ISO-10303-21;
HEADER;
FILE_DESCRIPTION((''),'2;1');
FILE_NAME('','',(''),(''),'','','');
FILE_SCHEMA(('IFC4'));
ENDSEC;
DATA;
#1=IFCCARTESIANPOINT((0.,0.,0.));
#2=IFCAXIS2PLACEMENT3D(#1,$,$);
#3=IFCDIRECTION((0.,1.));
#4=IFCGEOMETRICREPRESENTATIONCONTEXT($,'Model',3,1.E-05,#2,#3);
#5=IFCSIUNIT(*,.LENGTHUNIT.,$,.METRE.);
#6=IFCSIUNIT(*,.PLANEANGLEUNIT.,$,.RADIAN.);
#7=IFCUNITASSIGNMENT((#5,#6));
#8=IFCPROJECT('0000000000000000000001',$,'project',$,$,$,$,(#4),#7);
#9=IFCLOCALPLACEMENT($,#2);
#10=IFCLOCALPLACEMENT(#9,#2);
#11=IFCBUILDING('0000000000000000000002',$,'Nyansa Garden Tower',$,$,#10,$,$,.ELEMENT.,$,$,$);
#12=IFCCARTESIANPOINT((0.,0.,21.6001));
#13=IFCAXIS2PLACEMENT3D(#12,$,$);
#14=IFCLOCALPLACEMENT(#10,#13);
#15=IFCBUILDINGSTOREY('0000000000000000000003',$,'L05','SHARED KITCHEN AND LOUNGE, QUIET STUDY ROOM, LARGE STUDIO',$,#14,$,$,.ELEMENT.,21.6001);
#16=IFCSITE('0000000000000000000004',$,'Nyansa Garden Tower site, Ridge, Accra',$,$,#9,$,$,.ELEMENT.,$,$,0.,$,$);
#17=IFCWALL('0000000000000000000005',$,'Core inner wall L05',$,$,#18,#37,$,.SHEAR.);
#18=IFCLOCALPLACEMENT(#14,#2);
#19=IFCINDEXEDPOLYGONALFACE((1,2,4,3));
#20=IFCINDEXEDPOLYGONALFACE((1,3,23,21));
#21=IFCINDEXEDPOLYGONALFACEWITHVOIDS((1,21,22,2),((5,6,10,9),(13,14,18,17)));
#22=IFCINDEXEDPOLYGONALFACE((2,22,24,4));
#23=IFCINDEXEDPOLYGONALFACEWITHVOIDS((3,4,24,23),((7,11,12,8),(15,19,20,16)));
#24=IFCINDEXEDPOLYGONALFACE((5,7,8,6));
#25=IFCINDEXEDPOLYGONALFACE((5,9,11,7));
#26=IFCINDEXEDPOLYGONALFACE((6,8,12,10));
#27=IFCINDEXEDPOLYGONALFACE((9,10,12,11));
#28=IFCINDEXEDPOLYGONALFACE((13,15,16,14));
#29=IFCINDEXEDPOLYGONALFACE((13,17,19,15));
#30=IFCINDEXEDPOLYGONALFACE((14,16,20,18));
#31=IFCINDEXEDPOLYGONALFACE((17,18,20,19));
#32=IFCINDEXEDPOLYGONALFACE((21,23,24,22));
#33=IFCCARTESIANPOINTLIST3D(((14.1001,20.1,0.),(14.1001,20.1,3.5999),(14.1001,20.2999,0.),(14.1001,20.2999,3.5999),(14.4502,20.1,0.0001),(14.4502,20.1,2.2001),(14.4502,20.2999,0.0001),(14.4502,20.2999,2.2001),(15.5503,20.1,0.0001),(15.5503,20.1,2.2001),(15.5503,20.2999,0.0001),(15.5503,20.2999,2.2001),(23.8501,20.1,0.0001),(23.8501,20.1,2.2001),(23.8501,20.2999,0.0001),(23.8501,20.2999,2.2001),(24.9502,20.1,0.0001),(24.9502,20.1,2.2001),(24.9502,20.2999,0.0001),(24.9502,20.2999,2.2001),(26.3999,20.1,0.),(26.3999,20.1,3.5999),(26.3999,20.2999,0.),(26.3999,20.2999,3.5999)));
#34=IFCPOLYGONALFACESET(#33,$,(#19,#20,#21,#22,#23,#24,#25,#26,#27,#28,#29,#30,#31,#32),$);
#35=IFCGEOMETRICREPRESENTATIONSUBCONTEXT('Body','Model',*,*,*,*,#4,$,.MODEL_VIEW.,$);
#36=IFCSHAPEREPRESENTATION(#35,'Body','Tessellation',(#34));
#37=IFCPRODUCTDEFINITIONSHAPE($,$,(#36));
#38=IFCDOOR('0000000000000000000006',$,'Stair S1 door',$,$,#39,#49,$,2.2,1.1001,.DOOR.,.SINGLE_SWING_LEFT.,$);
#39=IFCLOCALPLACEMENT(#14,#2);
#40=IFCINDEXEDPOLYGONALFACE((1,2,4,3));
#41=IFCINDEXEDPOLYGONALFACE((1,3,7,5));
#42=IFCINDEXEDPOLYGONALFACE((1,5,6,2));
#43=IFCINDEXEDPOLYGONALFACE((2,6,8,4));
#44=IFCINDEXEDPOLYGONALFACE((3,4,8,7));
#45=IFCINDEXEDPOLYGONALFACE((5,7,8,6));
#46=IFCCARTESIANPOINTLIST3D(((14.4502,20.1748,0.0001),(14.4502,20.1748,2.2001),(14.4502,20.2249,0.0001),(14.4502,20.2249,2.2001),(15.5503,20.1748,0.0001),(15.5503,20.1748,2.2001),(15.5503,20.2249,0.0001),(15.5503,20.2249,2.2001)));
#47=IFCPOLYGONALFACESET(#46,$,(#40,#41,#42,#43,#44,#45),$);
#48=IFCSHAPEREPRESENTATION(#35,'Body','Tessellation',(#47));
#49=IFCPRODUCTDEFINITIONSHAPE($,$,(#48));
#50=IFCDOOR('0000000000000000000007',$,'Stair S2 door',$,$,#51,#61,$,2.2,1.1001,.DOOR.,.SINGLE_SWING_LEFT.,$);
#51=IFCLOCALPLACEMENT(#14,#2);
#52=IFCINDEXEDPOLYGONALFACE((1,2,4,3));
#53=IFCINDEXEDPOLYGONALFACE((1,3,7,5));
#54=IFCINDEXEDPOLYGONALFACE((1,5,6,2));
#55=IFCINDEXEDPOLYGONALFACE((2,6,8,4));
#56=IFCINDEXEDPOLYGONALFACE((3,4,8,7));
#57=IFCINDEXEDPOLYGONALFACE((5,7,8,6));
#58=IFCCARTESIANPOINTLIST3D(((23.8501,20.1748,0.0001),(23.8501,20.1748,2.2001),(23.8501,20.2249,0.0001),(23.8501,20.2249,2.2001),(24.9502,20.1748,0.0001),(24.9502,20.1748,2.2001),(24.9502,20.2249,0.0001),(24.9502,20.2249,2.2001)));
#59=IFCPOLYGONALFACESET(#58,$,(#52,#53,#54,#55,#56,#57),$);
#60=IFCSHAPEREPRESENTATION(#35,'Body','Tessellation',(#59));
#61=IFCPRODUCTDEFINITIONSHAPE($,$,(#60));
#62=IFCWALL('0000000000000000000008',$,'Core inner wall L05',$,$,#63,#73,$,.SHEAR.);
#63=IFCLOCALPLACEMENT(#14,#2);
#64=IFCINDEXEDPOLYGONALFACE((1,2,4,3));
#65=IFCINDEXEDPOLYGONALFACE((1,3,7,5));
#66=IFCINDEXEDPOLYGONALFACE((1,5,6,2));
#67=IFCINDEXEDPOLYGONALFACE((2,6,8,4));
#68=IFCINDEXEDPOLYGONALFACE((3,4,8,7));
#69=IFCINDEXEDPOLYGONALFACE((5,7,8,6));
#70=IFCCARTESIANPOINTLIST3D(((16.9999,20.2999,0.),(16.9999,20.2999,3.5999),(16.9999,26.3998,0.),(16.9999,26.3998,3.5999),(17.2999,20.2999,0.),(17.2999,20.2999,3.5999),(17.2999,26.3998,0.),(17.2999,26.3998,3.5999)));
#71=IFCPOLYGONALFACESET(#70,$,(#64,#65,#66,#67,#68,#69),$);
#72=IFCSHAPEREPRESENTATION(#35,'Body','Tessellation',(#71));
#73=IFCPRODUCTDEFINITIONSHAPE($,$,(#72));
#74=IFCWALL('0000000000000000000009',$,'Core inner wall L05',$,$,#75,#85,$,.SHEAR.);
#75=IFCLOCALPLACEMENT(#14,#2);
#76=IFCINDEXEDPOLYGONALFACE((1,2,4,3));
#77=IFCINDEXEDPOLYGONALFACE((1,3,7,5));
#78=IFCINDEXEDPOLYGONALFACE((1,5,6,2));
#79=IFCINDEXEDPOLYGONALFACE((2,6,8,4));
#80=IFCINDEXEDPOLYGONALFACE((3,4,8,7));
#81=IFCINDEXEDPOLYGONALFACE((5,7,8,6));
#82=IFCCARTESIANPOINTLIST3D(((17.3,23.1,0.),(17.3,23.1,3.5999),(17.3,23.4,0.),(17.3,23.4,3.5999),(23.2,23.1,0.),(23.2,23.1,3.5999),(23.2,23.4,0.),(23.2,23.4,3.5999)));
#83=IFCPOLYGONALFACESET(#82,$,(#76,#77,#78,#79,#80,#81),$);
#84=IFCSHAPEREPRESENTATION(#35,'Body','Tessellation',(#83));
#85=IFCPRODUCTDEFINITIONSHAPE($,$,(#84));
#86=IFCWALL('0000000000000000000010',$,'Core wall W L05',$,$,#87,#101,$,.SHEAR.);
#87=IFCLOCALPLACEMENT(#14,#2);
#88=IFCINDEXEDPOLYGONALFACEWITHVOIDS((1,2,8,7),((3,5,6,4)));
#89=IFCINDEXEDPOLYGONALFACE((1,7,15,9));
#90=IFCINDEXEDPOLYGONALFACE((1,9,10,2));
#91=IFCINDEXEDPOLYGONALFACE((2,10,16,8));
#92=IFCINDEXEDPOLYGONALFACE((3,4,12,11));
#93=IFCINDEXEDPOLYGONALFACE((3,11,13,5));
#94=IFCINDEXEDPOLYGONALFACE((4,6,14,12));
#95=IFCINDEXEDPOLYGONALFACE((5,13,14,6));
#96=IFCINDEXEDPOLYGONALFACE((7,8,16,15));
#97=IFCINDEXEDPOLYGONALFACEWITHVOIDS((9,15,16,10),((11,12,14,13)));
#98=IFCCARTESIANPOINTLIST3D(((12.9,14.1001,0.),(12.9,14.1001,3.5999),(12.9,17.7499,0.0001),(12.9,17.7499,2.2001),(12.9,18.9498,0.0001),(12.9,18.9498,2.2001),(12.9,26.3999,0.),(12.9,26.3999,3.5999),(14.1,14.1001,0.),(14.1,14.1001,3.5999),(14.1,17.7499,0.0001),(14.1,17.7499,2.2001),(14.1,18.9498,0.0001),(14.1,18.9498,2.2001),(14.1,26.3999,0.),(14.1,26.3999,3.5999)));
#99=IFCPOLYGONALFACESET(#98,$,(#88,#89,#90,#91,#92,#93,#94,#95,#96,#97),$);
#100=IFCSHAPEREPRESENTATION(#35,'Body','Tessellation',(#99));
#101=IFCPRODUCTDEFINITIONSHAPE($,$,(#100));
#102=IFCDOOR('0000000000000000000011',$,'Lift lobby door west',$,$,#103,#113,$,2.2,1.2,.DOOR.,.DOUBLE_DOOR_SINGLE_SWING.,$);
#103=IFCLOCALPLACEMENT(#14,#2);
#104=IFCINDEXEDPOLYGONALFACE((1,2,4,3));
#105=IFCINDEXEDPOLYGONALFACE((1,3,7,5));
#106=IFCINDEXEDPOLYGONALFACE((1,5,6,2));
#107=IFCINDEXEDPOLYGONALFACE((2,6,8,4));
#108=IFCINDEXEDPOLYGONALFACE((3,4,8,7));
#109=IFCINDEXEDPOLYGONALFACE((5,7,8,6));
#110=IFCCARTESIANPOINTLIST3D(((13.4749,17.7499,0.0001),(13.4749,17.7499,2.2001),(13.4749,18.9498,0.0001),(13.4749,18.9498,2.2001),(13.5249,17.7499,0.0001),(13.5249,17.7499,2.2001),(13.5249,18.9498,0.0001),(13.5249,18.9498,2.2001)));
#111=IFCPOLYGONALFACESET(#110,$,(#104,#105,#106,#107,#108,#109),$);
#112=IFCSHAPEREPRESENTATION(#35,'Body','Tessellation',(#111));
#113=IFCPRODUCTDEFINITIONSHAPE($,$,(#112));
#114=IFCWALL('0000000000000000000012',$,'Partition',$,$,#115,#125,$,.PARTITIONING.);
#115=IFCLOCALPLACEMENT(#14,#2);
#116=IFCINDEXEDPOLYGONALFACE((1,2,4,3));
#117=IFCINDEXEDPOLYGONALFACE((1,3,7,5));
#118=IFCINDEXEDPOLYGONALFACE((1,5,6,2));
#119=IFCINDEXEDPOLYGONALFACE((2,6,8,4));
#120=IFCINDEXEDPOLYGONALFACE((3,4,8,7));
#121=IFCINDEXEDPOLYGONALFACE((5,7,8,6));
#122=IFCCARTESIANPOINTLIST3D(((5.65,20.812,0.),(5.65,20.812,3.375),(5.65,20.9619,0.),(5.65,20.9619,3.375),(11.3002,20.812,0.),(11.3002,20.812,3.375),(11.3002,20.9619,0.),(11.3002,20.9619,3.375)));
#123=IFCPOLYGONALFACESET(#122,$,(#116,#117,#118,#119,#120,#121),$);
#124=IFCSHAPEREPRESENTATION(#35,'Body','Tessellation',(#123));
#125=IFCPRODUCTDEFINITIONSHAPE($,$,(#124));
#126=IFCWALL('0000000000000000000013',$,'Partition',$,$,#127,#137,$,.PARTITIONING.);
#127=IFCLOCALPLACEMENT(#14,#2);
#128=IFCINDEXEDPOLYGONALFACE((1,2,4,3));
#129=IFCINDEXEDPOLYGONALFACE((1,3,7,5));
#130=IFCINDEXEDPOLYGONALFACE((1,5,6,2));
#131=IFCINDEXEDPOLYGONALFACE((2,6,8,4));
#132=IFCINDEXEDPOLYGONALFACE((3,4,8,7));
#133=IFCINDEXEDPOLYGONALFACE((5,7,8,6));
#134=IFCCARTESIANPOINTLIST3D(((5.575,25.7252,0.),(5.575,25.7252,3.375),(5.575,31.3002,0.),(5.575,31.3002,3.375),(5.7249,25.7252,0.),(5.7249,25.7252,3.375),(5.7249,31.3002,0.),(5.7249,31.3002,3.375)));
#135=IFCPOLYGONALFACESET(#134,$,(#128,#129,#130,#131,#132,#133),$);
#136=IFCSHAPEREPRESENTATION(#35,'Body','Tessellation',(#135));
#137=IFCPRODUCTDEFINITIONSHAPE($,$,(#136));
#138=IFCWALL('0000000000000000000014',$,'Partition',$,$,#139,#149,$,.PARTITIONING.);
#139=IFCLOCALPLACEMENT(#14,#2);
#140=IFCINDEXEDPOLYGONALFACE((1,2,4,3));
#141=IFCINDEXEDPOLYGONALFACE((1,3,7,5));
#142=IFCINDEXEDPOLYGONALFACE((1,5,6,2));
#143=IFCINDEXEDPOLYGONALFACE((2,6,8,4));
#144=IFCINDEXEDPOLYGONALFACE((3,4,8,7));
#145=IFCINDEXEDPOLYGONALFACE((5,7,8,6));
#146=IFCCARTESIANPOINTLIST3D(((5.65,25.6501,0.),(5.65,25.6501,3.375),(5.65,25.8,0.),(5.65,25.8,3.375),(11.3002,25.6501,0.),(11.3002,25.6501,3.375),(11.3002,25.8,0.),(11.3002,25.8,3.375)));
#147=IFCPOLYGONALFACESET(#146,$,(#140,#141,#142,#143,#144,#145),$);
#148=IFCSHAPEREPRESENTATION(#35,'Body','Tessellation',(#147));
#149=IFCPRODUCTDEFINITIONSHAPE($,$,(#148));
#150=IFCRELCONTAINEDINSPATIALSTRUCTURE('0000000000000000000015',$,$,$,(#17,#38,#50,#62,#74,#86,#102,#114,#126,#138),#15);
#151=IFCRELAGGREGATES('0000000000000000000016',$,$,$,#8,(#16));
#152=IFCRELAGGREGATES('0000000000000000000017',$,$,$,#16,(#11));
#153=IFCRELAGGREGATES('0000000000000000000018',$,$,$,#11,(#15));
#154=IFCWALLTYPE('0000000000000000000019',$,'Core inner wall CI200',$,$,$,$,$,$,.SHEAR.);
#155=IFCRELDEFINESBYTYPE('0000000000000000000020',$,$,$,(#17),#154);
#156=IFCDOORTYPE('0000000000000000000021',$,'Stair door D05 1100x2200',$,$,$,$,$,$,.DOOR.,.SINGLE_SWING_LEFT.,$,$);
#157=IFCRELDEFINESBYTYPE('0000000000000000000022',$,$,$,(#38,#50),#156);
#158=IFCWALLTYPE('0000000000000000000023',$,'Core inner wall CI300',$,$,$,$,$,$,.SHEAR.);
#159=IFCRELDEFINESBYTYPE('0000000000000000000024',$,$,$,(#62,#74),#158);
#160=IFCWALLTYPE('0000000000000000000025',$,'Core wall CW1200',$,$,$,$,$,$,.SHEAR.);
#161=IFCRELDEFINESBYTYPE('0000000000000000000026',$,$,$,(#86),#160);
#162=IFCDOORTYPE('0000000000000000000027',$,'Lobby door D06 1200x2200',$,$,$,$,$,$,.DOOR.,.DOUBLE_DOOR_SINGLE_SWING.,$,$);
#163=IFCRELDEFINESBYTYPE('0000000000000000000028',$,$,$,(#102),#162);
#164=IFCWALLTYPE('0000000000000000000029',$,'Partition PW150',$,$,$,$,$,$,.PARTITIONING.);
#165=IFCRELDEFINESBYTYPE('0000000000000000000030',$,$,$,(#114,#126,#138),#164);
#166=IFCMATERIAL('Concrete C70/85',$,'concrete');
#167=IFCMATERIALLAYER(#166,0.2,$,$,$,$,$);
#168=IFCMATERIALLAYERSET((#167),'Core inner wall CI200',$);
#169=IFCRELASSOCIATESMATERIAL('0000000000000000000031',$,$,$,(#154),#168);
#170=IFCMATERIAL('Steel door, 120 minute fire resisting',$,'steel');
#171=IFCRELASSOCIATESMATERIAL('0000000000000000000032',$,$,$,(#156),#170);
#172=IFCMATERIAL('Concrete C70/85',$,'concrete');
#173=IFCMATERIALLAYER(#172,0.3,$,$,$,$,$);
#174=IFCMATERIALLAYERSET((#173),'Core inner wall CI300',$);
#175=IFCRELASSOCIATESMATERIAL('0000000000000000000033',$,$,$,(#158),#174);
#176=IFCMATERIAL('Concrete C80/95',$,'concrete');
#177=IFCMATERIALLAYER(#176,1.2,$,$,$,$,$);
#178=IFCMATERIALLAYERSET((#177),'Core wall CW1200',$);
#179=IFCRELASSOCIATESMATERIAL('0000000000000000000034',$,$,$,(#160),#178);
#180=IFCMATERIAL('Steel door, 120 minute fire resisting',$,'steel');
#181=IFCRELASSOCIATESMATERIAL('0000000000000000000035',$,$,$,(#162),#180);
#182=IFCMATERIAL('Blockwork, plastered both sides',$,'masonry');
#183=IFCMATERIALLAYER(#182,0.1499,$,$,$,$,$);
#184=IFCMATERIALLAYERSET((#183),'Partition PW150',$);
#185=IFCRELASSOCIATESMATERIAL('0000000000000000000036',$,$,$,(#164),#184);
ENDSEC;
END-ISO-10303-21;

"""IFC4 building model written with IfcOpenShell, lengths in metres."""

from ifc_helpers import new_model, si_unit, direction, frame, frame_2d, origin, place, context, subcontext, project, spatial, rectangle, extrude, material, layer, layer_set, type_object, element, fill, save


model = new_model("IFC4")

# Units and contexts
model_context = context("Model", 3, precision=1e-05, world=origin(), true_north=direction((0.0, 1.0)))
body_context = subcontext(model_context, "Body", "Model", "MODEL_VIEW")
ifc_project = project(units=[si_unit("LENGTHUNIT", "METRE"), si_unit("PLANEANGLEUNIT", "RADIAN")], contexts=[model_context])

# Site, building, storey
site_placement = place(None, origin())
site = spatial("IfcSite", under=ifc_project, at=site_placement, Name="Nyansa Garden Tower site, Ridge, Accra", CompositionType="ELEMENT", RefElevation=0.0)
building_placement = place(site_placement, origin())
building = spatial("IfcBuilding", under=site, at=building_placement, Name="Nyansa Garden Tower", CompositionType="ELEMENT")
storey_placement = place(building_placement, frame((0.0, 0.0, 21.6001)))
storey = spatial("IfcBuildingStorey", under=building, at=storey_placement, Name="L05", Description="SHARED KITCHEN AND LOUNGE, QUIET STUDY ROOM, LARGE STUDIO", CompositionType="ELEMENT", Elevation=21.6001)

# Wall, openings, doors
ifc_material_1 = material(Name="Concrete C70/85", Category="concrete")
ifc_layer_1 = layer(ifc_material_1, 0.2)
ifc_layer_set_1 = layer_set([ifc_layer_1], Name="Core inner wall CI200")
wall_type_1 = type_object("IfcWallType", Name="Core inner wall CI200", PredefinedType="SHEAR", material=ifc_layer_set_1)
wall_1_placement = place(storey_placement, frame((14.1001, 20.2, 0.0), z_axis=(0.0, 0.0, 1.0), x_axis=(1.0, 0.0, 0.0)))
wall_1 = element("IfcWall", 1, at=wall_1_placement, inside=storey, type_object=wall_type_1, Name="Core inner wall L05", PredefinedType="SHEAR", context=body_context, shape_type="SweptSolid", body=[
    extrude(rectangle(XDim=12.2998, YDim=0.2, at=frame_2d((6.1499, 0.0))), origin(), (0.0, 0.0, 1.0), 3.5999),
])
opening_1_placement = place(wall_1_placement, frame((0.3501, 0.0, 0.0)))
opening_1 = element("IfcOpeningElement", 2, at=opening_1_placement, cuts=wall_1, PredefinedType="OPENING", context=body_context, shape_type="SweptSolid", body=[
    extrude(rectangle(XDim=1.1001, YDim=2.2, at=frame_2d((0.55, 1.1001))), frame((0.0, 0.1099, 0.0), z_axis=(0.0, -1.0, 0.0), x_axis=(1.0, 0.0, 0.0)), (0.0, 0.0, 1.0), 0.22),
])
opening_2_placement = place(wall_1_placement, frame((9.75, 0.0, 0.0)))
opening_2 = element("IfcOpeningElement", 3, at=opening_2_placement, cuts=wall_1, PredefinedType="OPENING", context=body_context, shape_type="SweptSolid", body=[
    extrude(rectangle(XDim=1.1001, YDim=2.2, at=frame_2d((0.55, 1.1001))), frame((0.0, 0.1099, 0.0), z_axis=(0.0, -1.0, 0.0), x_axis=(1.0, 0.0, 0.0)), (0.0, 0.0, 1.0), 0.22),
])
ifc_material_2 = material(Name="Steel door, 120 minute fire resisting", Category="steel")
door_type_1 = type_object("IfcDoorType", Name="Stair door D05 1100x2200", OperationType="SINGLE_SWING_LEFT", PredefinedType="DOOR", material=ifc_material_2)
door_1_placement = place(opening_1_placement, origin())
door_1 = element("IfcDoor", 4, at=door_1_placement, inside=storey, type_object=door_type_1, Name="Stair S1 door", OperationType="SINGLE_SWING_LEFT", OverallHeight=2.2, OverallWidth=1.1001, PredefinedType="DOOR", context=body_context, shape_type="SweptSolid", body=[
    extrude(rectangle(XDim=1.1001, YDim=2.2, at=frame_2d((0.55, 1.1001))), frame((0.0, 0.0249, 0.0), z_axis=(0.0, -1.0, 0.0), x_axis=(1.0, 0.0, 0.0)), (0.0, 0.0, 1.0), 0.05),
])
fill(opening_1, door_1)
door_2_placement = place(opening_2_placement, origin())
door_2 = element("IfcDoor", 5, at=door_2_placement, inside=storey, type_object=door_type_1, Name="Stair S2 door", OperationType="SINGLE_SWING_LEFT", OverallHeight=2.2, OverallWidth=1.1001, PredefinedType="DOOR", context=body_context, shape_type="SweptSolid", body=[
    extrude(rectangle(XDim=1.1001, YDim=2.2, at=frame_2d((0.55, 1.1001))), frame((0.0, 0.0249, 0.0), z_axis=(0.0, -1.0, 0.0), x_axis=(1.0, 0.0, 0.0)), (0.0, 0.0, 1.0), 0.05),
])
fill(opening_2, door_2)

# Walls
ifc_material_3 = material(Name="Concrete C70/85", Category="concrete")
ifc_layer_2 = layer(ifc_material_3, 0.3)
ifc_layer_set_2 = layer_set([ifc_layer_2], Name="Core inner wall CI300")
wall_type_2 = type_object("IfcWallType", Name="Core inner wall CI300", PredefinedType="SHEAR", material=ifc_layer_set_2)
wall_2_placement = place(storey_placement, frame((17.1499, 20.3, 0.0), z_axis=(0.0, 0.0, 1.0), x_axis=(0.0, 1.0, 0.0)))
element("IfcWall", 6, at=wall_2_placement, inside=storey, type_object=wall_type_2, Name="Core inner wall L05", PredefinedType="SHEAR", context=body_context, shape_type="SweptSolid", body=[
    extrude(rectangle(XDim=6.0999, YDim=0.3, at=frame_2d((3.0498, 0.0))), origin(), (0.0, 0.0, 1.0), 3.5999),
])
wall_3_placement = place(storey_placement, frame((17.3, 23.25, 0.0), z_axis=(0.0, 0.0, 1.0), x_axis=(1.0, 0.0, 0.0)))
element("IfcWall", 7, at=wall_3_placement, inside=storey, type_object=wall_type_2, Name="Core inner wall L05", PredefinedType="SHEAR", context=body_context, shape_type="SweptSolid", body=[
    extrude(rectangle(XDim=5.8999, YDim=0.3, at=frame_2d((2.95, 0.0))), origin(), (0.0, 0.0, 1.0), 3.5999),
])

# Wall, opening, door
ifc_material_4 = material(Name="Concrete C80/95", Category="concrete")
ifc_layer_3 = layer(ifc_material_4, 1.2)
ifc_layer_set_3 = layer_set([ifc_layer_3], Name="Core wall CW1200")
wall_type_3 = type_object("IfcWallType", Name="Core wall CW1200", PredefinedType="SHEAR", material=ifc_layer_set_3)
wall_4_placement = place(storey_placement, frame((13.5, 26.3999, 0.0), z_axis=(0.0, 0.0, 1.0), x_axis=(0.0, -1.0, 0.0)))
wall_4 = element("IfcWall", 8, at=wall_4_placement, inside=storey, type_object=wall_type_3, Name="Core wall W L05", PredefinedType="SHEAR", context=body_context, shape_type="SweptSolid", body=[
    extrude(rectangle(XDim=12.2998, YDim=1.2, at=frame_2d((6.1499, 0.0))), origin(), (0.0, 0.0, 1.0), 3.5999),
])
opening_3_placement = place(wall_4_placement, frame((7.45, 0.0, 0.0)))
opening_3 = element("IfcOpeningElement", 9, at=opening_3_placement, cuts=wall_4, PredefinedType="OPENING", context=body_context, shape_type="SweptSolid", body=[
    extrude(rectangle(XDim=1.2, YDim=2.2, at=frame_2d((0.6001, 1.1001))), frame((0.0, 0.6099, 0.0), z_axis=(0.0, -1.0, 0.0), x_axis=(1.0, 0.0, 0.0)), (0.0, 0.0, 1.0), 1.22),
])
ifc_material_5 = material(Name="Steel door, 120 minute fire resisting", Category="steel")
door_type_2 = type_object("IfcDoorType", Name="Lobby door D06 1200x2200", OperationType="DOUBLE_DOOR_SINGLE_SWING", PredefinedType="DOOR", material=ifc_material_5)
door_3_placement = place(opening_3_placement, origin())
door_3 = element("IfcDoor", 10, at=door_3_placement, inside=storey, type_object=door_type_2, Name="Lift lobby door west", OperationType="DOUBLE_DOOR_SINGLE_SWING", OverallHeight=2.2, OverallWidth=1.2, PredefinedType="DOOR", context=body_context, shape_type="SweptSolid", body=[
    extrude(rectangle(XDim=1.2, YDim=2.2, at=frame_2d((0.6001, 1.1001))), frame((0.0, 0.0249, 0.0), z_axis=(0.0, -1.0, 0.0), x_axis=(1.0, 0.0, 0.0)), (0.0, 0.0, 1.0), 0.05),
])
fill(opening_3, door_3)

# Walls
ifc_material_6 = material(Name="Blockwork, plastered both sides", Category="masonry")
ifc_layer_4 = layer(ifc_material_6, 0.1499)
ifc_layer_set_4 = layer_set([ifc_layer_4], Name="Partition PW150")
wall_type_4 = type_object("IfcWallType", Name="Partition PW150", PredefinedType="PARTITIONING", material=ifc_layer_set_4)
wall_5_placement = place(storey_placement, frame((5.6499, 20.887, 0.0), z_axis=(0.0, 0.0, 1.0), x_axis=(1.0, 0.0, 0.0)))
element("IfcWall", 11, at=wall_5_placement, inside=storey, type_object=wall_type_4, Name="Partition", PredefinedType="PARTITIONING", context=body_context, shape_type="SweptSolid", body=[
    extrude(rectangle(XDim=5.6501, YDim=0.1499, at=frame_2d((2.8252, 0.0))), origin(), (0.0, 0.0, 1.0), 3.375),
])
wall_6_placement = place(storey_placement, frame((5.6499, 25.7251, 0.0), z_axis=(0.0, 0.0, 1.0), x_axis=(0.0, 1.0, 0.0)))
element("IfcWall", 12, at=wall_6_placement, inside=storey, type_object=wall_type_4, Name="Partition", PredefinedType="PARTITIONING", context=body_context, shape_type="SweptSolid", body=[
    extrude(rectangle(XDim=5.575, YDim=0.1499, at=frame_2d((2.7876, 0.0))), origin(), (0.0, 0.0, 1.0), 3.375),
])
wall_7_placement = place(storey_placement, frame((5.6499, 25.7251, 0.0), z_axis=(0.0, 0.0, 1.0), x_axis=(1.0, 0.0, 0.0)))
element("IfcWall", 13, at=wall_7_placement, inside=storey, type_object=wall_type_4, Name="Partition", PredefinedType="PARTITIONING", context=body_context, shape_type="SweptSolid", body=[
    extrude(rectangle(XDim=5.6501, YDim=0.1499, at=frame_2d((2.8252, 0.0))), origin(), (0.0, 0.0, 1.0), 3.375),
])

save(model, "model.ifc")
